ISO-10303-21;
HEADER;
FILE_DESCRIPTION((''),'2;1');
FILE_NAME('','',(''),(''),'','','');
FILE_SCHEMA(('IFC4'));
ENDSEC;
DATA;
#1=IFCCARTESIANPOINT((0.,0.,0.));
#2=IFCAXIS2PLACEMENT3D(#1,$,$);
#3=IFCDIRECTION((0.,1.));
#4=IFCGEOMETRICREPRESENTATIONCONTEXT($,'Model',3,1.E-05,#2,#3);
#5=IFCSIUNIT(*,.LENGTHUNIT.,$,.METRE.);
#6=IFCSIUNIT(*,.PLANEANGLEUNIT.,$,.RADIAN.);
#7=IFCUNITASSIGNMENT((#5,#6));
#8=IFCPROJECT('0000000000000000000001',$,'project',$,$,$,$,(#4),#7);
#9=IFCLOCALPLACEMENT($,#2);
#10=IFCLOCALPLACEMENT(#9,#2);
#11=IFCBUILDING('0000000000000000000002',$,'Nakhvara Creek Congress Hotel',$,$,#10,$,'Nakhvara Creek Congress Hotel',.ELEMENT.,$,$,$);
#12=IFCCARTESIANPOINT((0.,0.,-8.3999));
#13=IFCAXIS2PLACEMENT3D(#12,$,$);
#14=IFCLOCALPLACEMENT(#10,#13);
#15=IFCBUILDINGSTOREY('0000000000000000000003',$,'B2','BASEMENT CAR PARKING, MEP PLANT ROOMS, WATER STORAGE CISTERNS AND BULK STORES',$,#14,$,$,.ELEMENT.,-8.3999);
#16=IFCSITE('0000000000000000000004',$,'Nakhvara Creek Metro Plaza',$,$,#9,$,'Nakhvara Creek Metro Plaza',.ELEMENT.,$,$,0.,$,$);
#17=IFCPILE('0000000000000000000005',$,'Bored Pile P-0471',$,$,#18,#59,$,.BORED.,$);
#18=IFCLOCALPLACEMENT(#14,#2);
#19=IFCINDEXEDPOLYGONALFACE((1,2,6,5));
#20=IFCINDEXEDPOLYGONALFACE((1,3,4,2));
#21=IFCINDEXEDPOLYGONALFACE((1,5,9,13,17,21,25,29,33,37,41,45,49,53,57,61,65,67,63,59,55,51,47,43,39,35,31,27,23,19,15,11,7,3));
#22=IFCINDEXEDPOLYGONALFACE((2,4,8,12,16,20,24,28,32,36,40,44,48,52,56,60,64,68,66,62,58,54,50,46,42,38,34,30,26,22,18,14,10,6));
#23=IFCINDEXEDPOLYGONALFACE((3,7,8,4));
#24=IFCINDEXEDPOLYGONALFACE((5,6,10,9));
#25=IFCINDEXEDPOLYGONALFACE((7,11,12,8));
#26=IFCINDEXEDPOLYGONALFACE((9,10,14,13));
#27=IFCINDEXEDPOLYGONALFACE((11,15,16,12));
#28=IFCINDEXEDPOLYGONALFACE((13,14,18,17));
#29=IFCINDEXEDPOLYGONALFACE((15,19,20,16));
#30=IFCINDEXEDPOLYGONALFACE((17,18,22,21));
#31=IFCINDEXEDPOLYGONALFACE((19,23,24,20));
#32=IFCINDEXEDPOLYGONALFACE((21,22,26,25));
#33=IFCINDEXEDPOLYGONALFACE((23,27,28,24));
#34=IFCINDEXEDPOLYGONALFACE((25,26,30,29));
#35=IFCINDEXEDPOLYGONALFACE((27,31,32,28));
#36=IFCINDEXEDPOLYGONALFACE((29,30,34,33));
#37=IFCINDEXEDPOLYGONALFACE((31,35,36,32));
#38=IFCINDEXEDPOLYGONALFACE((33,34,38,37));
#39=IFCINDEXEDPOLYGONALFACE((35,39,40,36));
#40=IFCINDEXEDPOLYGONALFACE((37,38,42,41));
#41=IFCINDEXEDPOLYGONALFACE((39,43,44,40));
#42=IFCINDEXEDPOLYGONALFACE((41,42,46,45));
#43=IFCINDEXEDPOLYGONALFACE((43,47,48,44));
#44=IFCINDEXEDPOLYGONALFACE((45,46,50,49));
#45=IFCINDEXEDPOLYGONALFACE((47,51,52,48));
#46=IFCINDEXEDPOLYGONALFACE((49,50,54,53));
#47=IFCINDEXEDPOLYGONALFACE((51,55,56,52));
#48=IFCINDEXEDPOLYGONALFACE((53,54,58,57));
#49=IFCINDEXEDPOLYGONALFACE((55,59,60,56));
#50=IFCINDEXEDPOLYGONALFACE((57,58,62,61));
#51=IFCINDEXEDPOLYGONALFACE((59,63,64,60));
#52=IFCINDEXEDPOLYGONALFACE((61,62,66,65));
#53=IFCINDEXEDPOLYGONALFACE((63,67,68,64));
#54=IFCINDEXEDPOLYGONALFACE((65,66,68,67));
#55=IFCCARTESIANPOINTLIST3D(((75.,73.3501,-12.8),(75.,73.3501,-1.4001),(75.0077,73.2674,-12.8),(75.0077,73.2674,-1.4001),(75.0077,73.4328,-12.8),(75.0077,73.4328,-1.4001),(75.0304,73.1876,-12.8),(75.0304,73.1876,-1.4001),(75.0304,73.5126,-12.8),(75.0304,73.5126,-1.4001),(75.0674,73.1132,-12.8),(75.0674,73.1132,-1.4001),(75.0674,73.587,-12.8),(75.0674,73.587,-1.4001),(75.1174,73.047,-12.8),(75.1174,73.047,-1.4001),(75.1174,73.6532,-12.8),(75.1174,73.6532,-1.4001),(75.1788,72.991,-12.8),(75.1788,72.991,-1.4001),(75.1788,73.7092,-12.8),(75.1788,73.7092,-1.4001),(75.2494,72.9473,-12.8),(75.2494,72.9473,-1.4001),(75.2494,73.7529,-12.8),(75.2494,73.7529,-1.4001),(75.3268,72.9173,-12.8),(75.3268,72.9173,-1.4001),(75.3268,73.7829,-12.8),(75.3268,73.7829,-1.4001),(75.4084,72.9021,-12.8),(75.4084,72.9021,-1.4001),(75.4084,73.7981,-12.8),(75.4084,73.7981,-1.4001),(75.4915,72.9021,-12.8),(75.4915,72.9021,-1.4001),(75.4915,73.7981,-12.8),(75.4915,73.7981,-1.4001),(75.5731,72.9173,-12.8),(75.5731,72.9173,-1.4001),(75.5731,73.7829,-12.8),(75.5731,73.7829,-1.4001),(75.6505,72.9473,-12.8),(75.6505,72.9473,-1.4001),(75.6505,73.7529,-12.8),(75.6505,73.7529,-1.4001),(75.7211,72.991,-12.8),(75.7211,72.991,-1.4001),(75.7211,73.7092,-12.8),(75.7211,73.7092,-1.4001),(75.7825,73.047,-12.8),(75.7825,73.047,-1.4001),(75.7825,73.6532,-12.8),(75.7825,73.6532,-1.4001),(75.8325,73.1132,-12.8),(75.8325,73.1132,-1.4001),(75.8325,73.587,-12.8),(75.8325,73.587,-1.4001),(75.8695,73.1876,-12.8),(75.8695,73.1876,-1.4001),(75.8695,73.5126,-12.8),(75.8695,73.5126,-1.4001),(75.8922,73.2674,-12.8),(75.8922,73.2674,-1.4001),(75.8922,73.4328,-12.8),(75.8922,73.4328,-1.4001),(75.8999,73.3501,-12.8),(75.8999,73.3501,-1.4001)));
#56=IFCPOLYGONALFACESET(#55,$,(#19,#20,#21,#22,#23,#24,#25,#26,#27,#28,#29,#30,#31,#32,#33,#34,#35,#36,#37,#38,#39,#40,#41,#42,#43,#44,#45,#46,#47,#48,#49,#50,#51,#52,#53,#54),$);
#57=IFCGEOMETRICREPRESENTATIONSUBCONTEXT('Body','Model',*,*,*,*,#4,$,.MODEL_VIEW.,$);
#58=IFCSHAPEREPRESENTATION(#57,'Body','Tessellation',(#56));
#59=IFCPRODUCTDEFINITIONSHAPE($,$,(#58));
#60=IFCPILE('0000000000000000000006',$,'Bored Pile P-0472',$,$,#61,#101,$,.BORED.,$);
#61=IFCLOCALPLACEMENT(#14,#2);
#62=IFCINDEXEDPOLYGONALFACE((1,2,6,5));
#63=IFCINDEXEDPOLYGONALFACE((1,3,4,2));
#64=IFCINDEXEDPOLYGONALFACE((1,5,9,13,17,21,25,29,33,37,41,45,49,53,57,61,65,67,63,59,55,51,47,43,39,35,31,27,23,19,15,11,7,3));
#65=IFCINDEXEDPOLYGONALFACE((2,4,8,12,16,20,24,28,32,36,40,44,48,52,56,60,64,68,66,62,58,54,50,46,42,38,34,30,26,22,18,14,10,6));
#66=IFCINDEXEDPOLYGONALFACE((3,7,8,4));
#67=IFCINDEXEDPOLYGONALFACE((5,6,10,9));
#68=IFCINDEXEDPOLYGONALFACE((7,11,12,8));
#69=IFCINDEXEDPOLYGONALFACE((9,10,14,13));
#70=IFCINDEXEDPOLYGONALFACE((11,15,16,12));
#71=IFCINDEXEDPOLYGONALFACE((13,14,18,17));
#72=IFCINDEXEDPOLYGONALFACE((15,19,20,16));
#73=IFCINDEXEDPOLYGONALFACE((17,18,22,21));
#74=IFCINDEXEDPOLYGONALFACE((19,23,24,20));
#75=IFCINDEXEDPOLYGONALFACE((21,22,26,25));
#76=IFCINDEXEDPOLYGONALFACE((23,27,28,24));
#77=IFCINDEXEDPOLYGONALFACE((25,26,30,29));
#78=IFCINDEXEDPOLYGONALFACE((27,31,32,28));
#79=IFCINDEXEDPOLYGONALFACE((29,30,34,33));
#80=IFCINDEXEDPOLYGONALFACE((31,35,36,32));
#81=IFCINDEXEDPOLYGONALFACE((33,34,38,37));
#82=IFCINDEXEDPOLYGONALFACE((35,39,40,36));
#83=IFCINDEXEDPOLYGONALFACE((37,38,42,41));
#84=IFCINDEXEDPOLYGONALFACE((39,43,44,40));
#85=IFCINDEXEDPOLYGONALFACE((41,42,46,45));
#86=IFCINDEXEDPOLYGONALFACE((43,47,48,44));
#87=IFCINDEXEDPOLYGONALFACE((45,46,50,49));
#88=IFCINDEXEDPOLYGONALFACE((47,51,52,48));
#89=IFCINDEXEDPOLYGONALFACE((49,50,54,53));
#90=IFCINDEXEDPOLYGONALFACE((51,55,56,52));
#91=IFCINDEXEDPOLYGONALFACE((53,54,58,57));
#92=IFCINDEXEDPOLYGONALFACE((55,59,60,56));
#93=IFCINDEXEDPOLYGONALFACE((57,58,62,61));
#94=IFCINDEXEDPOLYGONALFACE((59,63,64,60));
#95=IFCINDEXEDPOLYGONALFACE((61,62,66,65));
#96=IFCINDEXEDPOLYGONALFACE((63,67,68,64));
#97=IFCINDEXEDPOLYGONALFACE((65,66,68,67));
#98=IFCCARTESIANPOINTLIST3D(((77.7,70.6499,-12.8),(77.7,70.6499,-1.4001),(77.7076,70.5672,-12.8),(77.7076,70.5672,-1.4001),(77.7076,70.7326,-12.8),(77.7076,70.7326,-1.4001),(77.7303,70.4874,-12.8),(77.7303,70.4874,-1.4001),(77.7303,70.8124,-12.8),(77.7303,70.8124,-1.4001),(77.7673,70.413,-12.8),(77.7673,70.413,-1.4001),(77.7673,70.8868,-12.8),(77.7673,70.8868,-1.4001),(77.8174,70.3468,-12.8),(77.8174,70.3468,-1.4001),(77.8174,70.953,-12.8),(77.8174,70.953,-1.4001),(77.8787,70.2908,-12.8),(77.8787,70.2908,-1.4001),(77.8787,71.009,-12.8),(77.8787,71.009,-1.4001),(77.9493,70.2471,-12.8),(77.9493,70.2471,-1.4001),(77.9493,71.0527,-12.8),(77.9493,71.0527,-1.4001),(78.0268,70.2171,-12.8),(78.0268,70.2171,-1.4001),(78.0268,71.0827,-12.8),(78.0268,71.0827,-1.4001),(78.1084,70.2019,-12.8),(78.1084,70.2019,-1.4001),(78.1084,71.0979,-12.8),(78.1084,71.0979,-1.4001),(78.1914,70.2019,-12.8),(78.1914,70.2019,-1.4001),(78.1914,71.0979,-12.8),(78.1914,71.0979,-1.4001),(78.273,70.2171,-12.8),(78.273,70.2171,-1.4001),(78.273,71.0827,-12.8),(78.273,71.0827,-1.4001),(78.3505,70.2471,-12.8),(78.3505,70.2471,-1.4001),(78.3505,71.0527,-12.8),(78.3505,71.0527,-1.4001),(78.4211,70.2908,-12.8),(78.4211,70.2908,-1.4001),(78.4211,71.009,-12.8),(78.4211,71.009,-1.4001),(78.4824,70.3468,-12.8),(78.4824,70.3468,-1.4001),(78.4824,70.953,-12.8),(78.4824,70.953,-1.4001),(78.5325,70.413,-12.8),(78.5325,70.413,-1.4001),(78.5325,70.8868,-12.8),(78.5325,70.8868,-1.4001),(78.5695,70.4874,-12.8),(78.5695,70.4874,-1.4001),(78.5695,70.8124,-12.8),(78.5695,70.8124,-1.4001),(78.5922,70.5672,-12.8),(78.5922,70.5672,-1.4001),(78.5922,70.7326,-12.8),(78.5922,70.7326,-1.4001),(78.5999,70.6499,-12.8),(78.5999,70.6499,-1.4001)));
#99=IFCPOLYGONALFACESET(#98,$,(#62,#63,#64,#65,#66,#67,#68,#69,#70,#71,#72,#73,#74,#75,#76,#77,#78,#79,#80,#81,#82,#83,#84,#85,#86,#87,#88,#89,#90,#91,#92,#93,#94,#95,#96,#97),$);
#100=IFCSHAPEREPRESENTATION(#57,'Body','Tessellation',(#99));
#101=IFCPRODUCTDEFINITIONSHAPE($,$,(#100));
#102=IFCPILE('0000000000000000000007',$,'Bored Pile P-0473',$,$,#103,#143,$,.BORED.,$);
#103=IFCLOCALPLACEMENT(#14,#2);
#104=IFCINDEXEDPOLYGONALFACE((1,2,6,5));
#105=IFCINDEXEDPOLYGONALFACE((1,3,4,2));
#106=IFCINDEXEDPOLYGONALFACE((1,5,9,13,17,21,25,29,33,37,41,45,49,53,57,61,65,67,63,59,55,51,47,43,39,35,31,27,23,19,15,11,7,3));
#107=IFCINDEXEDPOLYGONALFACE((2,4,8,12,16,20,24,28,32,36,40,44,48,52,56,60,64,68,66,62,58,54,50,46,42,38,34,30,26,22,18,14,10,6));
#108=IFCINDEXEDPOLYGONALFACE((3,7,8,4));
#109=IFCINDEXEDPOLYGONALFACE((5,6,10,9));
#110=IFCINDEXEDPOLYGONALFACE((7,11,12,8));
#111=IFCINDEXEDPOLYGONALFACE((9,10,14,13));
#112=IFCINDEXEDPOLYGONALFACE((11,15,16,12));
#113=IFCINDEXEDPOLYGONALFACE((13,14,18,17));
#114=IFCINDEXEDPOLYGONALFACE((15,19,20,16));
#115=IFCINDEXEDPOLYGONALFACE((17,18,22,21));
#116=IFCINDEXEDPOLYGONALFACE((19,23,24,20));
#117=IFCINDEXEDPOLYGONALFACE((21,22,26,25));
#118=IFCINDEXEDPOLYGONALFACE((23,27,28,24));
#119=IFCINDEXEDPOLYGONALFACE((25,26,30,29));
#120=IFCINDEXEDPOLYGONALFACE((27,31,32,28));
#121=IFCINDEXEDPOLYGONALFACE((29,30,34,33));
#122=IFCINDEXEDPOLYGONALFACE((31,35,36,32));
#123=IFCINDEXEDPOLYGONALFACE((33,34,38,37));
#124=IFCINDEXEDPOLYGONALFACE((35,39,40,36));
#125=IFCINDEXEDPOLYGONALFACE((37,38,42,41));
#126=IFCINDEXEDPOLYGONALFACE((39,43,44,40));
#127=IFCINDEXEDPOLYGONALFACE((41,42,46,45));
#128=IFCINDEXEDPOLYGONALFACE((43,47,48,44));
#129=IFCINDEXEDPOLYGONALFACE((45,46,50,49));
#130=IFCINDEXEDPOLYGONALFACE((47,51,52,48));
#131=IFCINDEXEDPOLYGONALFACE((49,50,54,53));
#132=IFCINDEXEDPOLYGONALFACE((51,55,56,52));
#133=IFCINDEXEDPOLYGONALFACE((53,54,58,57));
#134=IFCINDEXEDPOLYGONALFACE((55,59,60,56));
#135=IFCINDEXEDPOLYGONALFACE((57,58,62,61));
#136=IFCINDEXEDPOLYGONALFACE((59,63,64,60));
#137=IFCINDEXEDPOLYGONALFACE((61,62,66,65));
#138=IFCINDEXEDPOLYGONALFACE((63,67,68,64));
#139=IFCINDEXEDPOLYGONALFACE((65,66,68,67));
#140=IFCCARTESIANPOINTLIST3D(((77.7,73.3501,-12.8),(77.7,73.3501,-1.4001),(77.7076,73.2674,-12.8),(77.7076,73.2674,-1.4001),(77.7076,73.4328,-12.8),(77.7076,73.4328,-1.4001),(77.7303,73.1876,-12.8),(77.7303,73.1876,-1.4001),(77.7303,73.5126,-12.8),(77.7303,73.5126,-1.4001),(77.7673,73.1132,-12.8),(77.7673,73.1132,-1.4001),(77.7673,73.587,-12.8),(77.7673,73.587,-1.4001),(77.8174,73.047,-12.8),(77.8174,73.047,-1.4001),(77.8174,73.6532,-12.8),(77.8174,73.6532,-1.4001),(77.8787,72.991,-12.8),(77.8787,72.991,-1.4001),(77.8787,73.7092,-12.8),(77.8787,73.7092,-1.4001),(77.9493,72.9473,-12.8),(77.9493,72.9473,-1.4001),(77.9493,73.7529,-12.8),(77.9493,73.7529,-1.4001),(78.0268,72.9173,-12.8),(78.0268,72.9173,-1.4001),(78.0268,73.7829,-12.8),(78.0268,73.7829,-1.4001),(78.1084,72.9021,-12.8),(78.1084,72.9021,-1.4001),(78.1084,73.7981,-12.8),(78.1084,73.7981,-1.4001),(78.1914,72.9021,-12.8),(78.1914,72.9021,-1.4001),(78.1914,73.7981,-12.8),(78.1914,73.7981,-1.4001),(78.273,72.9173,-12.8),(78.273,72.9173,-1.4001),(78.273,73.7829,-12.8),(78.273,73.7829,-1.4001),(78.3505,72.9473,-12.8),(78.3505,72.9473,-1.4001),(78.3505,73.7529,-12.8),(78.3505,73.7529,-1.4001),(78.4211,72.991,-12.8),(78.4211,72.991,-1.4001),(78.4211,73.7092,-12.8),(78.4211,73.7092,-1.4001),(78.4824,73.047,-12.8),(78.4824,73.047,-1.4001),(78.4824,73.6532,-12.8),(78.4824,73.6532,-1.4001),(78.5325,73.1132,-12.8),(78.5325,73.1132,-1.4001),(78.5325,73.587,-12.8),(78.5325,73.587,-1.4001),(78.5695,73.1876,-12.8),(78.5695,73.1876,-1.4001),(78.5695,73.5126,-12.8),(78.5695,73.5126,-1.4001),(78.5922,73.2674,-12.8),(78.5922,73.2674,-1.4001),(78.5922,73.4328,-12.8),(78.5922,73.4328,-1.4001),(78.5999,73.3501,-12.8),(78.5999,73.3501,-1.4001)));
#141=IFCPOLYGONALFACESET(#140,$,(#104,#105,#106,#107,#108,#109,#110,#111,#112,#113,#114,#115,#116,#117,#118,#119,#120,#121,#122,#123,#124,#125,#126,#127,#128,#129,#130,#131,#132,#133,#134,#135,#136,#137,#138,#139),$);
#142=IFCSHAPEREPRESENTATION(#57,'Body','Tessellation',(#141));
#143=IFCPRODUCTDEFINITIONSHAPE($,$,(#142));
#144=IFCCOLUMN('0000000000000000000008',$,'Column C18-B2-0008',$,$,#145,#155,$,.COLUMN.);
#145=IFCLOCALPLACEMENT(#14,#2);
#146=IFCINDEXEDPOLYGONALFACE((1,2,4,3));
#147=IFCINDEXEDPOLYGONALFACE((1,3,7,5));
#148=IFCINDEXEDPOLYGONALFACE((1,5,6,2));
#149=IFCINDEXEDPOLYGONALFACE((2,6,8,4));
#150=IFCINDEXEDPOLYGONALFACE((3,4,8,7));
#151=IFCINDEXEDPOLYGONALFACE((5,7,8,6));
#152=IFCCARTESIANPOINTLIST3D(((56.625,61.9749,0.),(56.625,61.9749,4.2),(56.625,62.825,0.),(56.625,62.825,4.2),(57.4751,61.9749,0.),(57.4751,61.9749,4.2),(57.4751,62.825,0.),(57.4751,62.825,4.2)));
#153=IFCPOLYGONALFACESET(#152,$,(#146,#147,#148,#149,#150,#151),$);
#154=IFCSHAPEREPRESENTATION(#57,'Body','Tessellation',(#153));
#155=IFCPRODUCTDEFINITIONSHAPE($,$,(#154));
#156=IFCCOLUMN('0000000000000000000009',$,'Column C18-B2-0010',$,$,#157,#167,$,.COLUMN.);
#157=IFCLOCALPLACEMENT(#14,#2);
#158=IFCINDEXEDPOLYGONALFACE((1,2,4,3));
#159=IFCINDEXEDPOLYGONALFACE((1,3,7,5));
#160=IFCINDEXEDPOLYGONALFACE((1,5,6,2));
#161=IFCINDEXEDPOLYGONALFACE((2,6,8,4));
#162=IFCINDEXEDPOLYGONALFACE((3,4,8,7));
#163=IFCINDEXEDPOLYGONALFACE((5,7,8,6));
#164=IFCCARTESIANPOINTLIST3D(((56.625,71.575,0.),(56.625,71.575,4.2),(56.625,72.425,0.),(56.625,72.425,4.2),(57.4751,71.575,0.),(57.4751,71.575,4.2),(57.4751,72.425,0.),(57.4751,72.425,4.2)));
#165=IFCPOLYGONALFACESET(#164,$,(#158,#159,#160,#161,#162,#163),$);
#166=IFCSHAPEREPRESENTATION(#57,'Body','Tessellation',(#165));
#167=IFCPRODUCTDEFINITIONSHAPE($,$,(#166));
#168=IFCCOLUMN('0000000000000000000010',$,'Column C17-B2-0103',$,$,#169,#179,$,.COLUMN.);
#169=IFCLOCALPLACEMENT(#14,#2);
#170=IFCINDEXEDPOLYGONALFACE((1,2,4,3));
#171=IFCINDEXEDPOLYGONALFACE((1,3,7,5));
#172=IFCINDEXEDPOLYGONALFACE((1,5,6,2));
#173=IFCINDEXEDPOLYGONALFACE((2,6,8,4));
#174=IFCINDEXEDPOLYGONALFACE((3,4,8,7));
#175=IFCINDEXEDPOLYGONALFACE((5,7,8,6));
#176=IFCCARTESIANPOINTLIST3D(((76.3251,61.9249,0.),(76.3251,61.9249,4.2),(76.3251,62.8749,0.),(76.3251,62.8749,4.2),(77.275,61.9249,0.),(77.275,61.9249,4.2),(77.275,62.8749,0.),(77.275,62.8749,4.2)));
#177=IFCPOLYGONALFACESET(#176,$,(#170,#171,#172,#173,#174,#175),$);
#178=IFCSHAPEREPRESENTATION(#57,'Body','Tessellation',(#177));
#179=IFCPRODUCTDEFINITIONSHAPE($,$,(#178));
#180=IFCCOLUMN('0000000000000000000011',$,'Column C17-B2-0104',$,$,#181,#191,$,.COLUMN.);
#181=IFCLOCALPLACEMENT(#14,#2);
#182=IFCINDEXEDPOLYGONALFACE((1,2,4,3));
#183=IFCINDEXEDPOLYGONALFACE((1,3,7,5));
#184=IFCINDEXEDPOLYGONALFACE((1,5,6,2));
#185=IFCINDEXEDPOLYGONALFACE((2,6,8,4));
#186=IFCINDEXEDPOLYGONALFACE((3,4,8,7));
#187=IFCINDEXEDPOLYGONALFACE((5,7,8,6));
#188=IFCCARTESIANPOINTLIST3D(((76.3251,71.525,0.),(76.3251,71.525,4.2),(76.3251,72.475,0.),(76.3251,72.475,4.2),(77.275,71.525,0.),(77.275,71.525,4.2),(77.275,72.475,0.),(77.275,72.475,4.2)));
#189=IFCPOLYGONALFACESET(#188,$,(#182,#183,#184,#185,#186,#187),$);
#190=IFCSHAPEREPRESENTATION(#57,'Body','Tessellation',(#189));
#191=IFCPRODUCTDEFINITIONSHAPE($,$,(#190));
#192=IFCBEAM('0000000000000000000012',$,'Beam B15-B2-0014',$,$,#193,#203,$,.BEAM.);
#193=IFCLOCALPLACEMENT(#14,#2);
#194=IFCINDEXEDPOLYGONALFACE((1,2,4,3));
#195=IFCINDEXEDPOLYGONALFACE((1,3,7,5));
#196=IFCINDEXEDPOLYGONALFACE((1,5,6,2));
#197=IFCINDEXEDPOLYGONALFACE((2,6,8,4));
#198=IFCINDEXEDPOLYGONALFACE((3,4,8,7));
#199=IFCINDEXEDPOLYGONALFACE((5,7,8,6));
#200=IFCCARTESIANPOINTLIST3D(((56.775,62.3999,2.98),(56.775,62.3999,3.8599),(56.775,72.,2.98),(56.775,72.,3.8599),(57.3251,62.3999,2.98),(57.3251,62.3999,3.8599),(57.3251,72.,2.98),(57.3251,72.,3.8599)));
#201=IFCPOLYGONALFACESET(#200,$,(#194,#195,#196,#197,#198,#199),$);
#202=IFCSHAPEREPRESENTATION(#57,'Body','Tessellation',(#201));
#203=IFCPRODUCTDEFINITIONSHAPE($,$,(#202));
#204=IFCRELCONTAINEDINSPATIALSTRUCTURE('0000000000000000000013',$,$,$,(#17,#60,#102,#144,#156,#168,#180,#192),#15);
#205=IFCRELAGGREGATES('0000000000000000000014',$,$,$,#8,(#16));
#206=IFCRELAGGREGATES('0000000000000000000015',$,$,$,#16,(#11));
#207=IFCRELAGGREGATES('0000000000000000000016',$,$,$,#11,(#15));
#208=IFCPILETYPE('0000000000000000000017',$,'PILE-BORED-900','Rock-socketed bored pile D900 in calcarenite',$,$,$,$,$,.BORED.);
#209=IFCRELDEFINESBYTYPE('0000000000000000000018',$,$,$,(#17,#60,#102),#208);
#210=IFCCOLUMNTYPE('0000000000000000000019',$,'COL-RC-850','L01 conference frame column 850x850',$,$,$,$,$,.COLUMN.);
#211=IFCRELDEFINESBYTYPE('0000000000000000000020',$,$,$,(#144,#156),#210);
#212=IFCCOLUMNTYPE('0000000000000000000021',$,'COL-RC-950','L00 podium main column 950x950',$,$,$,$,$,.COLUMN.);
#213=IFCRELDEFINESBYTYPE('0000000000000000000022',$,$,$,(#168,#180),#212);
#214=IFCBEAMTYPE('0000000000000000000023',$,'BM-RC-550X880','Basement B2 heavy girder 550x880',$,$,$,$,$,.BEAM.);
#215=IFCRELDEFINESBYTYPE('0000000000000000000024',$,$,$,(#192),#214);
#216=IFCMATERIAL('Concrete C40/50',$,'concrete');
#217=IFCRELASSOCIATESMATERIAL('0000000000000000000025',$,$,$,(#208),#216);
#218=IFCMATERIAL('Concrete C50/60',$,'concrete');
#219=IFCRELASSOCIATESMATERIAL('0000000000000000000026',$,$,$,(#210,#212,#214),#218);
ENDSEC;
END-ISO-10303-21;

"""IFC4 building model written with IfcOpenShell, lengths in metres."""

from ifc_helpers import new_model, si_unit, direction, frame, origin, origin_2d, place, context, subcontext, project, spatial, rectangle, circle, extrude, material, material_profile, profile_set, type_object, element, save


model = new_model("IFC4")

# Units and contexts
model_context = context("Model", 3, precision=1e-05, world=origin(), true_north=direction((0.0, 1.0)))
body_context = subcontext(model_context, "Body", "Model", "MODEL_VIEW")
ifc_project = project(units=[si_unit("LENGTHUNIT", "METRE"), si_unit("PLANEANGLEUNIT", "RADIAN")], contexts=[model_context])

# Site, building, storey
site_placement = place(None, origin())
site = spatial("IfcSite", under=ifc_project, at=site_placement, Name="Nakhvara Creek Metro Plaza", LongName="Nakhvara Creek Metro Plaza", CompositionType="ELEMENT", RefElevation=0.0)
building_placement = place(site_placement, origin())
building = spatial("IfcBuilding", under=site, at=building_placement, Name="Nakhvara Creek Congress Hotel", LongName="Nakhvara Creek Congress Hotel", CompositionType="ELEMENT")
storey_placement = place(building_placement, frame((0.0, 0.0, -8.3999)))
storey = spatial("IfcBuildingStorey", under=building, at=storey_placement, Name="B2", Description="BASEMENT CAR PARKING, MEP PLANT ROOMS, WATER STORAGE CISTERNS AND BULK STORES", CompositionType="ELEMENT", Elevation=-8.3999)

# Shared definitions
ifc_material_1 = material(Name="Concrete C40/50", Category="concrete")

# Piles
ifc_material_profile_1 = material_profile(ifc_material_1, circle(Radius=0.45, at=origin_2d()), Name="BORED PILE D900", Category="LoadBearing")
ifc_profile_set_1 = profile_set([ifc_material_profile_1], Name="Concrete C40/50")
pile_type = type_object("IfcPileType", Name="PILE-BORED-900", Description="Rock-socketed bored pile D900 in calcarenite", PredefinedType="BORED", material=ifc_profile_set_1)
for number, where, z_axis, x_axis, name in (
    (1, (75.45, 73.3501, -1.4001), (0.0, 0.0, -1.0), (1.0, 0.0, 0.0), "Bored Pile P-0471"),
    (2, (78.1499, 70.6499, -1.4001), (0.0, 0.0, -1.0), (1.0, 0.0, 0.0), "Bored Pile P-0472"),
    (3, (78.1499, 73.3501, -1.4001), (0.0, 0.0, -1.0), (1.0, 0.0, 0.0), "Bored Pile P-0473"),
):
    element("IfcPile", number, at=place(storey_placement, frame(where, z_axis=z_axis, x_axis=x_axis)), inside=storey, type_object=pile_type, Name=name, PredefinedType="BORED", context=body_context, shape_type="SweptSolid", body=[
        extrude(circle(Radius=0.45, at=origin_2d()), origin(), (0.0, 0.0, 1.0), 11.3999),
    ])

# Columns
ifc_material_2 = material(Name="Concrete C50/60", Category="concrete")
ifc_material_profile_2 = material_profile(ifc_material_2, rectangle(XDim=0.8501, YDim=0.8501, at=origin_2d()), Name="RC-COL 850x850", Category="LoadBearing")
ifc_profile_set_2 = profile_set([ifc_material_profile_2], Name="Concrete C50/60")
column_type_1 = type_object("IfcColumnType", Name="COL-RC-850", Description="L01 conference frame column 850x850", PredefinedType="COLUMN", material=ifc_profile_set_2)
for number, where, z_axis, x_axis, name in (
    (4, (57.05, 62.3999, 0.0), (0.0, 0.0, 1.0), (1.0, 0.0, 0.0), "Column C18-B2-0008"),
    (5, (57.05, 72.0, 0.0), (0.0, 0.0, 1.0), (1.0, 0.0, 0.0), "Column C18-B2-0010"),
):
    element("IfcColumn", number, at=place(storey_placement, frame(where, z_axis=z_axis, x_axis=x_axis)), inside=storey, type_object=column_type_1, Name=name, PredefinedType="COLUMN", context=body_context, shape_type="SweptSolid", body=[
        extrude(rectangle(XDim=0.8501, YDim=0.8501, at=origin_2d()), origin(), (0.0, 0.0, 1.0), 4.2),
    ])
ifc_material_profile_3 = material_profile(ifc_material_2, rectangle(XDim=0.95, YDim=0.95, at=origin_2d()), Name="RC-COL 950x950", Category="LoadBearing")
ifc_profile_set_3 = profile_set([ifc_material_profile_3], Name="Concrete C50/60")
column_type_2 = type_object("IfcColumnType", Name="COL-RC-950", Description="L00 podium main column 950x950", PredefinedType="COLUMN", material=ifc_profile_set_3)
for number, where, z_axis, x_axis, name in (
    (6, (76.8, 62.3999, 0.0), (0.0, 0.0, 1.0), (1.0, 0.0, 0.0), "Column C17-B2-0103"),
    (7, (76.8, 72.0, 0.0), (0.0, 0.0, 1.0), (1.0, 0.0, 0.0), "Column C17-B2-0104"),
):
    element("IfcColumn", number, at=place(storey_placement, frame(where, z_axis=z_axis, x_axis=x_axis)), inside=storey, type_object=column_type_2, Name=name, PredefinedType="COLUMN", context=body_context, shape_type="SweptSolid", body=[
        extrude(rectangle(XDim=0.95, YDim=0.95, at=origin_2d()), origin(), (0.0, 0.0, 1.0), 4.2),
    ])

# Beam
ifc_material_profile_4 = material_profile(ifc_material_2, rectangle(XDim=0.55, YDim=0.8799, at=origin_2d()), Name="RC-BM 550x880", Category="LoadBearing")
ifc_profile_set_4 = profile_set([ifc_material_profile_4], Name="Concrete C50/60")
beam_type = type_object("IfcBeamType", Name="BM-RC-550X880", Description="Basement B2 heavy girder 550x880", PredefinedType="BEAM", material=ifc_profile_set_4)
for number, where, z_axis, x_axis, name in (
    (8, (57.05, 62.3999, 3.4199), (0.0, 1.0, 0.0), (-1.0, 0.0, 0.0), "Beam B15-B2-0014"),
):
    element("IfcBeam", number, at=place(storey_placement, frame(where, z_axis=z_axis, x_axis=x_axis)), inside=storey, type_object=beam_type, Name=name, PredefinedType="BEAM", context=body_context, shape_type="SweptSolid", body=[
        extrude(rectangle(XDim=0.55, YDim=0.8799, at=origin_2d()), origin(), (0.0, 0.0, 1.0), 9.6001),
    ])

save(model, "model.ifc")
